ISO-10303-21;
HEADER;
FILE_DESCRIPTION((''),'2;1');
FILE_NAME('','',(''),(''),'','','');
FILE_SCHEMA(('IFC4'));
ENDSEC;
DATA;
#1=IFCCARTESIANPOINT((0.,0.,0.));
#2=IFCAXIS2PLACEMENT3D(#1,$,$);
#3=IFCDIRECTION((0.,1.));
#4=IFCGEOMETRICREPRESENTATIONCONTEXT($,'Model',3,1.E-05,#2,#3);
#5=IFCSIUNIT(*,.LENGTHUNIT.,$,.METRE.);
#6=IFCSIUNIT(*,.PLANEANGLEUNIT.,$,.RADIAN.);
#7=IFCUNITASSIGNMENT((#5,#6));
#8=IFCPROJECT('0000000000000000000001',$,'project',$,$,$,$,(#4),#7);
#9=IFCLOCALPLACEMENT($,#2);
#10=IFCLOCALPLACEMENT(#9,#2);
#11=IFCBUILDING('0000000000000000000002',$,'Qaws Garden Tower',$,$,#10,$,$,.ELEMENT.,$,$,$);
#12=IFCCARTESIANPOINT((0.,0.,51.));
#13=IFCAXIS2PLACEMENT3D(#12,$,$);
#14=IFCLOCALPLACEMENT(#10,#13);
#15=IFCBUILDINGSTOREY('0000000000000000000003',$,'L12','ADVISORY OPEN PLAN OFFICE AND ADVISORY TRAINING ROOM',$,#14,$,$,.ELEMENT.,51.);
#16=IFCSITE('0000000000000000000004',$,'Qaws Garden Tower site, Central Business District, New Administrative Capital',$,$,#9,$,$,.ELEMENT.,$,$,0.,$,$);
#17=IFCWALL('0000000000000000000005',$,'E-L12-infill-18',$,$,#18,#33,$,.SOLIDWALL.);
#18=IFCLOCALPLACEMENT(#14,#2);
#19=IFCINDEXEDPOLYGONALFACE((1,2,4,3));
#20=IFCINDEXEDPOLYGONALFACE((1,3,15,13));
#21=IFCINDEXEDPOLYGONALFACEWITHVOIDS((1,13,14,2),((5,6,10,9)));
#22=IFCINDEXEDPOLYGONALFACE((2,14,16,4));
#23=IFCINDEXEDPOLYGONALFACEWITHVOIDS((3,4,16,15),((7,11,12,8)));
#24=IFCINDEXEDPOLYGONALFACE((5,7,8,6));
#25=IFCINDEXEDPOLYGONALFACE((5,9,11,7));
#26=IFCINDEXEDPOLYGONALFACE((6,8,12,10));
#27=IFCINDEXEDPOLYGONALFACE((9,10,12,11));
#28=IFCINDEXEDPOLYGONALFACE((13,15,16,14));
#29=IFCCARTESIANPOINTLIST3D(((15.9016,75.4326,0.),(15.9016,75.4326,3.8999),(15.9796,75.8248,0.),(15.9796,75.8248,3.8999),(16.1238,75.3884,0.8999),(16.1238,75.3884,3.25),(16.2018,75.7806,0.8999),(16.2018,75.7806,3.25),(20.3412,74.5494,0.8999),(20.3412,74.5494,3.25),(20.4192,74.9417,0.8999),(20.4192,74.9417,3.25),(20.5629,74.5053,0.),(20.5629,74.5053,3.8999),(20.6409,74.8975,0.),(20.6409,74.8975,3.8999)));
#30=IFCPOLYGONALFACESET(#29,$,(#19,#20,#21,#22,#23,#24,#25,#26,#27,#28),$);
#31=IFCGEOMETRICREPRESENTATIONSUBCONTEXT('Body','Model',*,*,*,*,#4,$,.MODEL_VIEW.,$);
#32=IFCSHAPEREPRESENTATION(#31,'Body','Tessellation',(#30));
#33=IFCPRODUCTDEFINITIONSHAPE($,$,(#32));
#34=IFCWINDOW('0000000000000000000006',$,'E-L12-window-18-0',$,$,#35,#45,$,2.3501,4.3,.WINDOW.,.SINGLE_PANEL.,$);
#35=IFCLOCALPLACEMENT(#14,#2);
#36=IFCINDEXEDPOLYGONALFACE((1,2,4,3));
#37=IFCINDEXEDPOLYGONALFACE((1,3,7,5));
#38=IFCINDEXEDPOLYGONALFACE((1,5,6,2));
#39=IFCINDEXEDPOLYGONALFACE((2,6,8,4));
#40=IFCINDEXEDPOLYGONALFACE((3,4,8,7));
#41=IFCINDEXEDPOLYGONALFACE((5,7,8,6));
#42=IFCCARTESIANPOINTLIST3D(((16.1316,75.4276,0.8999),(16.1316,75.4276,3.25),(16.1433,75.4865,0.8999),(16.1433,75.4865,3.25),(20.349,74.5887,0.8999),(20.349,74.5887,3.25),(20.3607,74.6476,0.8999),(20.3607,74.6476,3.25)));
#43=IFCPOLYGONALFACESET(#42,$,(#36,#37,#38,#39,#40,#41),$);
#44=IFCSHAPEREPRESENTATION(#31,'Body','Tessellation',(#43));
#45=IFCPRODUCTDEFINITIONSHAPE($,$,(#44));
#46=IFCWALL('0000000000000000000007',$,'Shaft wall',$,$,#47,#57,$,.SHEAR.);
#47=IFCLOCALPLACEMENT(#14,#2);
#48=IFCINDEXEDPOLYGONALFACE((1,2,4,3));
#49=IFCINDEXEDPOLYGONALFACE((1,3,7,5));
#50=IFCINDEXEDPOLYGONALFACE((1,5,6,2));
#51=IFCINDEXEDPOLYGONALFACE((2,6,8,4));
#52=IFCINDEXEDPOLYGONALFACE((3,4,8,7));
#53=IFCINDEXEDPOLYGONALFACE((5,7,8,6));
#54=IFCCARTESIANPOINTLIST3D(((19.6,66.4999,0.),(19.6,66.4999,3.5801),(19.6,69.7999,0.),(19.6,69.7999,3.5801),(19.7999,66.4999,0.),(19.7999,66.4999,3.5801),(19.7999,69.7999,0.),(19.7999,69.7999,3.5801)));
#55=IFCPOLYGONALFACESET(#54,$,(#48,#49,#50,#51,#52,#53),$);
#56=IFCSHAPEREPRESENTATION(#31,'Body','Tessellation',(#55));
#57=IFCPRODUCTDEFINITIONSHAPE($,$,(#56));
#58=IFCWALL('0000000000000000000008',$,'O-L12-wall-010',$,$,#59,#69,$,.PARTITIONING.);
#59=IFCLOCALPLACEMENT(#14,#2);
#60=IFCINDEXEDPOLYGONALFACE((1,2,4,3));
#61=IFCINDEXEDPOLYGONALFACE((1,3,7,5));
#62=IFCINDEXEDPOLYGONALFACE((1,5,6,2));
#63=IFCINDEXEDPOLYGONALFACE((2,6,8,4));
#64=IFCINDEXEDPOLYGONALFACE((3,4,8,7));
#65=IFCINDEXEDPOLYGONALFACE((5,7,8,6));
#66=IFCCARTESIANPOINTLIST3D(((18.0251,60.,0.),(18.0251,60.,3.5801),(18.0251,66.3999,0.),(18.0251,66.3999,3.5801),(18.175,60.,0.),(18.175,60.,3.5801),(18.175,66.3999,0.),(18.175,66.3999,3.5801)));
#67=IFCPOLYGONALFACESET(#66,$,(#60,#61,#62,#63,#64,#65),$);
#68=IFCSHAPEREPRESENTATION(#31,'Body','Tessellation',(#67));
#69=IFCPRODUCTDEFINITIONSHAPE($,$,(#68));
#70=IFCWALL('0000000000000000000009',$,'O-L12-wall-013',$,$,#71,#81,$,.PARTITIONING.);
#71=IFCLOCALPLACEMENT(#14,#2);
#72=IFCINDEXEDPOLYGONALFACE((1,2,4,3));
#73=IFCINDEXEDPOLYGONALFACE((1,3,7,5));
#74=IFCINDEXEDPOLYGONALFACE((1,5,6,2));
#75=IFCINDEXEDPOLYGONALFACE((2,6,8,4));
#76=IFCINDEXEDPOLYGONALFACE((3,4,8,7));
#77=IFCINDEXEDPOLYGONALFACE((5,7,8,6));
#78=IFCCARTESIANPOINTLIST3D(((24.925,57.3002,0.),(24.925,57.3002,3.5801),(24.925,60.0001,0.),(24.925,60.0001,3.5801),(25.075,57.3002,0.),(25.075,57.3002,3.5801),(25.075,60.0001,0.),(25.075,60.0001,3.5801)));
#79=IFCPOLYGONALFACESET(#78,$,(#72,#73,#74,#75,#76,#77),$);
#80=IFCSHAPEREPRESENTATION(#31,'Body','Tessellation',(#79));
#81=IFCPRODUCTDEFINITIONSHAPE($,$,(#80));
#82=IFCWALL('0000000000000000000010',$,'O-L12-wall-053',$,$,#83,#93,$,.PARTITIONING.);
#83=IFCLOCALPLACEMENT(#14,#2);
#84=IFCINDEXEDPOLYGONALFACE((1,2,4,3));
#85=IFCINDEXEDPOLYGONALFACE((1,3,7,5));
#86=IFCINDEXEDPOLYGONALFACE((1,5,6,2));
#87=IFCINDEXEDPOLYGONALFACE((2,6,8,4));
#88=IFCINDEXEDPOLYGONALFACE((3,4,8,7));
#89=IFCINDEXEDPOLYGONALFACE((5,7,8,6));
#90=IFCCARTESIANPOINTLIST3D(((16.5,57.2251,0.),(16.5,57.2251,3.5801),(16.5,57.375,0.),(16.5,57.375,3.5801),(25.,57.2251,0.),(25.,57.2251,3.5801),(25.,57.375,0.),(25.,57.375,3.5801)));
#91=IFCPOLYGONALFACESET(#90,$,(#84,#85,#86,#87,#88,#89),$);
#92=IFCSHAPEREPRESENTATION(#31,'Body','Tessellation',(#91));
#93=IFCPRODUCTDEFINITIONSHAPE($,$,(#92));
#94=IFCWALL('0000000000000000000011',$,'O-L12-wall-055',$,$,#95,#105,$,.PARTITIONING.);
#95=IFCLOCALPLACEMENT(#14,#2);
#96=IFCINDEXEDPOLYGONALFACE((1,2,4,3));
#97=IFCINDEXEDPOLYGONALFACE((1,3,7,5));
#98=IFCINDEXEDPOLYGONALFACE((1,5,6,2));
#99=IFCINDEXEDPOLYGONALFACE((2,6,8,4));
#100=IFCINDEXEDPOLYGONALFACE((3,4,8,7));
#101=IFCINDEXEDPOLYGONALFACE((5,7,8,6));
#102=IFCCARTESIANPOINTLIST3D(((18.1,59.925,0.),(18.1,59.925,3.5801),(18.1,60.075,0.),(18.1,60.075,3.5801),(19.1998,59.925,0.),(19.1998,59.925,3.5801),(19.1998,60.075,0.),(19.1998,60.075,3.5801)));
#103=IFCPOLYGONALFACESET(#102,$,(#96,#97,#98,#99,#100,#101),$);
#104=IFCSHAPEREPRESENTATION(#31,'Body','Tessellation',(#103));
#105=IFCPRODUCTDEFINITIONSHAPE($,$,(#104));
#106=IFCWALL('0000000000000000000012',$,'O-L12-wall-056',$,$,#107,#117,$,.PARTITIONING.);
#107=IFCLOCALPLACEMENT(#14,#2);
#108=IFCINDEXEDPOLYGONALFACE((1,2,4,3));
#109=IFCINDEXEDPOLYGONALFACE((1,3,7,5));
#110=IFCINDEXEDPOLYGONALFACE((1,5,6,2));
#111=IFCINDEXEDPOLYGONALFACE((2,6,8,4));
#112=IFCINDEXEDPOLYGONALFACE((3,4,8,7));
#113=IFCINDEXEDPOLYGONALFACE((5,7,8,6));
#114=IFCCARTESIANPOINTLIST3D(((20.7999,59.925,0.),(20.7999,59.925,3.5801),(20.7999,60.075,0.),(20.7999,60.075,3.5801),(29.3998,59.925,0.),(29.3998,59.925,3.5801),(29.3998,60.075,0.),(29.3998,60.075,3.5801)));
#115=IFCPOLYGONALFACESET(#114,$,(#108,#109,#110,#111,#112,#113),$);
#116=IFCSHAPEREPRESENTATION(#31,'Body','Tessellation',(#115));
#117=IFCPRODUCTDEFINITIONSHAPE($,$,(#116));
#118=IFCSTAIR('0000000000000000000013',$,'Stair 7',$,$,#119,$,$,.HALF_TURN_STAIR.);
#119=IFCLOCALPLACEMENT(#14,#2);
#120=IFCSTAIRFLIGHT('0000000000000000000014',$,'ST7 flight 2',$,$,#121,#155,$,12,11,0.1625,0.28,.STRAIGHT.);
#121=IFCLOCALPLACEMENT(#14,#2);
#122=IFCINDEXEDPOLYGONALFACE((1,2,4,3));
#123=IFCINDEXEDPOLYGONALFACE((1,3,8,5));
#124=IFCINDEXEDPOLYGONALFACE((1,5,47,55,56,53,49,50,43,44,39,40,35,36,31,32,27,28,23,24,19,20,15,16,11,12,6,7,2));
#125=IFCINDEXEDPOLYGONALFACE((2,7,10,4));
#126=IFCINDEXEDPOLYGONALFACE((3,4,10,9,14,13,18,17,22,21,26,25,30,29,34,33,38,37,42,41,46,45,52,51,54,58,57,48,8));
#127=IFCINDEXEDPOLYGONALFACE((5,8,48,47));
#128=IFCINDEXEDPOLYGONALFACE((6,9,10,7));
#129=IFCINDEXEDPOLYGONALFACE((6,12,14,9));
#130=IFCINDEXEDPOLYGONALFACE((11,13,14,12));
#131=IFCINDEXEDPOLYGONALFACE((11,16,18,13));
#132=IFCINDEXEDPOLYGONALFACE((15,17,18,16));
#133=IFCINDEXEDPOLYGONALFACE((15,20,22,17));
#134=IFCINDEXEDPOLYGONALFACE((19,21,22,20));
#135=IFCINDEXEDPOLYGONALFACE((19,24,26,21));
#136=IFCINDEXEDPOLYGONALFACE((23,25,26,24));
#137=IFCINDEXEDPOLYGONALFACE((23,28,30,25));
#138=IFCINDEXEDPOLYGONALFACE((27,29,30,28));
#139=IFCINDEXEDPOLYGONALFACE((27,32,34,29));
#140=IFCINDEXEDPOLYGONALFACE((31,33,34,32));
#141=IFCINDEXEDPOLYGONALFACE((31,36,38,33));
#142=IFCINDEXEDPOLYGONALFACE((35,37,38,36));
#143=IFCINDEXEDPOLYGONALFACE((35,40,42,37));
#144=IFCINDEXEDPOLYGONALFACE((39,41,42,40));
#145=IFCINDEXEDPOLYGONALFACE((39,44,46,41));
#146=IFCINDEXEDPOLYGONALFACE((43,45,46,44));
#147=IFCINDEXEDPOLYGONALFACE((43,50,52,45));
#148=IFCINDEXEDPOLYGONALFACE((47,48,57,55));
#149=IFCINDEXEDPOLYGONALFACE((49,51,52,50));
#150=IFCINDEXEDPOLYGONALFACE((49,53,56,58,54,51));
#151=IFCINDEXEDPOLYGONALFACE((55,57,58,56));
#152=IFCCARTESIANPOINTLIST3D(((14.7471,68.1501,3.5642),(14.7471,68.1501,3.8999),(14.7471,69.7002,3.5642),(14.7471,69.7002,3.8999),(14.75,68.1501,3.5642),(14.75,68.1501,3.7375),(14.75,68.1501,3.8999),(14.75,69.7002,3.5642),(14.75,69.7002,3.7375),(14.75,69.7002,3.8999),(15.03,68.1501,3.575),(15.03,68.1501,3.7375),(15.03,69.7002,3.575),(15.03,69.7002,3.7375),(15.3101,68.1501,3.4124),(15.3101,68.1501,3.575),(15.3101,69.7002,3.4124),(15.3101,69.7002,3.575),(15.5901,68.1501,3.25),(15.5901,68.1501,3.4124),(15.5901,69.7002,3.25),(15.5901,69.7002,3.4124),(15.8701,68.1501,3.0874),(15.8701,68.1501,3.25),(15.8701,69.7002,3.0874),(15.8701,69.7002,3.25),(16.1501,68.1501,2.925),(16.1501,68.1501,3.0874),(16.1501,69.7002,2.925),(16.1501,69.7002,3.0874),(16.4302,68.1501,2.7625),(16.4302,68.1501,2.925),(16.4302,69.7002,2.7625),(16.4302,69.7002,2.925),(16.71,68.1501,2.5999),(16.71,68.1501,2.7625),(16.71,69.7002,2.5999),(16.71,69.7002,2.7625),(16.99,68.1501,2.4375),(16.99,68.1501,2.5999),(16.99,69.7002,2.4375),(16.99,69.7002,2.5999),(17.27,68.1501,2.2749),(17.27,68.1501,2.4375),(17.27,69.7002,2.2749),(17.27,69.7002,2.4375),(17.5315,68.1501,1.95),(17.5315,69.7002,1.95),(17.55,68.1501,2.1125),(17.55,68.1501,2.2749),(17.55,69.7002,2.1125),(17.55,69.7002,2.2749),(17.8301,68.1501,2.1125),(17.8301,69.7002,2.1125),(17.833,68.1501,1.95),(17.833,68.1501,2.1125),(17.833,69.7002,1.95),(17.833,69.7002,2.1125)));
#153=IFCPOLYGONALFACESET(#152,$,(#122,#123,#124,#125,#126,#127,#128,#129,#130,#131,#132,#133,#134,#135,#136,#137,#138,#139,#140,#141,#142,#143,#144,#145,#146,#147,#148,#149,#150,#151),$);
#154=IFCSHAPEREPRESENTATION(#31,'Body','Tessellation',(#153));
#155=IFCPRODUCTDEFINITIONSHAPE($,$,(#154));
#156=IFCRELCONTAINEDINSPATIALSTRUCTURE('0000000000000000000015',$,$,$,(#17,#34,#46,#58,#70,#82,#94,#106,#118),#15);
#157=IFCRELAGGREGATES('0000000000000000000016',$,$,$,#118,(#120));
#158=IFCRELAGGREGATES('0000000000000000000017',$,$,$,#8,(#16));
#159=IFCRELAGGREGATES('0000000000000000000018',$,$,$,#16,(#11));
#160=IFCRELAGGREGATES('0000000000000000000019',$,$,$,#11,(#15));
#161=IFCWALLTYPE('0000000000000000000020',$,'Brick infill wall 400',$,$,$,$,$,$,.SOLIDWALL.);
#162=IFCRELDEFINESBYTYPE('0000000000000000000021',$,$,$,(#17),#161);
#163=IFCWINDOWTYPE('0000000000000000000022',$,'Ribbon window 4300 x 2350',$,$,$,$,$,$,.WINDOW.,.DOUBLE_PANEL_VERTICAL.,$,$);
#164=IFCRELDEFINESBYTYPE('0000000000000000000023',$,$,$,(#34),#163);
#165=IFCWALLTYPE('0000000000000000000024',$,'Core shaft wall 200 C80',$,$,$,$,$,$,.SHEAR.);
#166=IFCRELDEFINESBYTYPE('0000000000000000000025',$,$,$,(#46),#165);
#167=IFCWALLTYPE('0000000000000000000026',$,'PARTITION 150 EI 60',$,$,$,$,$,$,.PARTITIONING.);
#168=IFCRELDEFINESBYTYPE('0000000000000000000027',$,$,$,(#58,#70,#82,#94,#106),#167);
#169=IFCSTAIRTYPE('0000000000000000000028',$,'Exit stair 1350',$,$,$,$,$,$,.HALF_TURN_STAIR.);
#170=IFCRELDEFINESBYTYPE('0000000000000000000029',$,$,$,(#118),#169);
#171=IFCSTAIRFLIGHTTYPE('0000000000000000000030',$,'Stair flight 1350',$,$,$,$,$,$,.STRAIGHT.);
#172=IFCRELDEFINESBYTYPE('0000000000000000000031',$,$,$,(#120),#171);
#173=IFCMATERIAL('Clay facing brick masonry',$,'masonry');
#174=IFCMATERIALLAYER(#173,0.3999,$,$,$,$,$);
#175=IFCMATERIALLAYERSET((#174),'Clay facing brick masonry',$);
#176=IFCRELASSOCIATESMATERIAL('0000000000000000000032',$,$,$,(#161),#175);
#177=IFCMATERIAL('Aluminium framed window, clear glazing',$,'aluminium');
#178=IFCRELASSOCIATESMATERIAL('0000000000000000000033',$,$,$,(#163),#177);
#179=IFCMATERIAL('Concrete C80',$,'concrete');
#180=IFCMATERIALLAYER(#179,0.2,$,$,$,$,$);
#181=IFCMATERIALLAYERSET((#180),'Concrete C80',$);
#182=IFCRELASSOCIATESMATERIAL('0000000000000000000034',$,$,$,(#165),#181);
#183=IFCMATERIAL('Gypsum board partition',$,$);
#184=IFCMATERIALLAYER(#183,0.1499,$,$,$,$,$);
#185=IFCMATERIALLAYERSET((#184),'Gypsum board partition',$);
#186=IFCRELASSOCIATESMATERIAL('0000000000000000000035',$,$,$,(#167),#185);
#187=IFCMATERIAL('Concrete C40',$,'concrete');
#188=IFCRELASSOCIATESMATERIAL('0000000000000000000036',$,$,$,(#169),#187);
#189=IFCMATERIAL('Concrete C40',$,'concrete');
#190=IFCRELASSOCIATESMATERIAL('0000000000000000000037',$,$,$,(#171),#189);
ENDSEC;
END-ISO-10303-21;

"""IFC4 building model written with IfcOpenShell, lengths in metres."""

from ifc_helpers import new_model, si_unit, direction, frame, frame_2d, origin, place, context, subcontext, project, spatial, polyline, rectangle, outline, extrude, material, layer, layer_set, type_object, element, fill, aggregate, save


model = new_model("IFC4")

# Units and contexts
model_context = context("Model", 3, precision=1e-05, world=origin(), true_north=direction((0.0, 1.0)))
body_context = subcontext(model_context, "Body", "Model", "MODEL_VIEW")
ifc_project = project(units=[si_unit("LENGTHUNIT", "METRE"), si_unit("PLANEANGLEUNIT", "RADIAN")], contexts=[model_context])

# Site, building, storey
site_placement = place(None, origin())
site = spatial("IfcSite", under=ifc_project, at=site_placement, Name="Qaws Garden Tower site, Central Business District, New Administrative Capital", CompositionType="ELEMENT", RefElevation=0.0)
building_placement = place(site_placement, origin())
building = spatial("IfcBuilding", under=site, at=building_placement, Name="Qaws Garden Tower", CompositionType="ELEMENT")
storey_placement = place(building_placement, frame((0.0, 0.0, 51.0)))
storey = spatial("IfcBuildingStorey", under=building, at=storey_placement, Name="L12", Description="ADVISORY OPEN PLAN OFFICE AND ADVISORY TRAINING ROOM", CompositionType="ELEMENT", Elevation=51.0)

# Wall, opening, window
ifc_material_1 = material(Name="Clay facing brick masonry", Category="masonry")
ifc_layer_1 = layer(ifc_material_1, 0.3999)
ifc_layer_set_1 = layer_set([ifc_layer_1], Name="Clay facing brick masonry")
wall_type_1 = type_object("IfcWallType", Name="Brick infill wall 400", PredefinedType="SOLIDWALL", material=ifc_layer_set_1)
ifc_material_2 = material(Name="Aluminium framed window, clear glazing", Category="aluminium")
window_type = type_object("IfcWindowType", Name="Ribbon window 4300 x 2350", PartitioningType="DOUBLE_PANEL_VERTICAL", PredefinedType="WINDOW", material=ifc_material_2)
wall_1_placement = place(storey_placement, frame((20.6021, 74.7014, 0.0), z_axis=(0.0, 0.0, 1.0), x_axis=(-0.980784, 0.195099, 0.0)))
wall_1 = element("IfcWall", 1, at=wall_1_placement, inside=storey, type_object=wall_type_1, Name="E-L12-infill-18", PredefinedType="SOLIDWALL", context=body_context, shape_type="SweptSolid", body=[
    extrude(rectangle(XDim=4.7527, YDim=0.3999, at=frame_2d((2.3765, 0.0))), origin(), (0.0, 0.0, 1.0), 3.8999),
])
opening_1_placement = place(wall_1_placement, frame((0.2263, 0.0, 0.8999)))
opening_1 = element("IfcOpeningElement", 2, at=opening_1_placement, cuts=wall_1, PredefinedType="OPENING", context=body_context, shape_type="SweptSolid", body=[
    extrude(rectangle(XDim=4.3, YDim=2.3501, at=frame_2d((2.1499, 1.175))), frame((0.0, 0.21, 0.0), z_axis=(0.0, -1.0, 0.0), x_axis=(1.0, 0.0, 0.0)), (0.0, 0.0, 1.0), 0.4199),
])
window_1_placement = place(opening_1_placement, origin())
window_1 = element("IfcWindow", 3, at=window_1_placement, inside=storey, type_object=window_type, Name="E-L12-window-18-0", OverallHeight=2.3501, OverallWidth=4.3, PartitioningType="SINGLE_PANEL", PredefinedType="WINDOW", context=body_context, shape_type="SweptSolid", body=[
    extrude(rectangle(XDim=4.3, YDim=2.3501, at=frame_2d((2.1499, 1.175))), frame((0.0, 0.1599, 0.0), z_axis=(0.0, -1.0, 0.0), x_axis=(1.0, 0.0, 0.0)), (0.0, 0.0, 1.0), 0.0601),
])
fill(opening_1, window_1)

# Walls
ifc_material_3 = material(Name="Concrete C80", Category="concrete")
ifc_layer_2 = layer(ifc_material_3, 0.2)
ifc_layer_set_2 = layer_set([ifc_layer_2], Name="Concrete C80")
wall_type_2 = type_object("IfcWallType", Name="Core shaft wall 200 C80", PredefinedType="SHEAR", material=ifc_layer_set_2)
wall_2_placement = place(storey_placement, frame((19.7, 66.5, 0.0), z_axis=(0.0, 0.0, 1.0), x_axis=(0.0, 1.0, 0.0)))
element("IfcWall", 4, at=wall_2_placement, inside=storey, type_object=wall_type_2, Name="Shaft wall", PredefinedType="SHEAR", context=body_context, shape_type="SweptSolid", body=[
    extrude(rectangle(XDim=3.3, YDim=0.2, at=frame_2d((1.6499, 0.0))), origin(), (0.0, 0.0, 1.0), 3.5801),
])
ifc_material_4 = material(Name="Gypsum board partition")
ifc_layer_3 = layer(ifc_material_4, 0.1499)
ifc_layer_set_3 = layer_set([ifc_layer_3], Name="Gypsum board partition")
wall_type_3 = type_object("IfcWallType", Name="PARTITION 150 EI 60", PredefinedType="PARTITIONING", material=ifc_layer_set_3)
wall_3_placement = place(storey_placement, frame((18.1001, 60.0, 0.0), z_axis=(0.0, 0.0, 1.0), x_axis=(0.0, 1.0, 0.0)))
element("IfcWall", 5, at=wall_3_placement, inside=storey, type_object=wall_type_3, Name="O-L12-wall-010", PredefinedType="PARTITIONING", context=body_context, shape_type="SweptSolid", body=[
    extrude(rectangle(XDim=6.3999, YDim=0.1499, at=frame_2d((3.2, 0.0))), origin(), (0.0, 0.0, 1.0), 3.5801),
])
wall_4_placement = place(storey_placement, frame((25.0, 57.3, 0.0), z_axis=(0.0, 0.0, 1.0), x_axis=(0.0, 1.0, 0.0)))
element("IfcWall", 6, at=wall_4_placement, inside=storey, type_object=wall_type_3, Name="O-L12-wall-013", PredefinedType="PARTITIONING", context=body_context, shape_type="SweptSolid", body=[
    extrude(rectangle(XDim=2.7, YDim=0.1499, at=frame_2d((1.3501, 0.0))), origin(), (0.0, 0.0, 1.0), 3.5801),
])
wall_5_placement = place(storey_placement, frame((16.5, 57.3, 0.0), z_axis=(0.0, 0.0, 1.0), x_axis=(1.0, 0.0, 0.0)))
element("IfcWall", 7, at=wall_5_placement, inside=storey, type_object=wall_type_3, Name="O-L12-wall-053", PredefinedType="PARTITIONING", context=body_context, shape_type="SweptSolid", body=[
    extrude(rectangle(XDim=8.5, YDim=0.1499, at=frame_2d((4.25, 0.0))), origin(), (0.0, 0.0, 1.0), 3.5801),
])
wall_6_placement = place(storey_placement, frame((18.1001, 60.0, 0.0), z_axis=(0.0, 0.0, 1.0), x_axis=(1.0, 0.0, 0.0)))
element("IfcWall", 8, at=wall_6_placement, inside=storey, type_object=wall_type_3, Name="O-L12-wall-055", PredefinedType="PARTITIONING", context=body_context, shape_type="SweptSolid", body=[
    extrude(rectangle(XDim=1.0999, YDim=0.1499, at=frame_2d((0.5498, 0.0))), origin(), (0.0, 0.0, 1.0), 3.5801),
])
wall_7_placement = place(storey_placement, frame((20.8, 60.0, 0.0), z_axis=(0.0, 0.0, 1.0), x_axis=(1.0, 0.0, 0.0)))
element("IfcWall", 9, at=wall_7_placement, inside=storey, type_object=wall_type_3, Name="O-L12-wall-056", PredefinedType="PARTITIONING", context=body_context, shape_type="SweptSolid", body=[
    extrude(rectangle(XDim=8.5999, YDim=0.1499, at=frame_2d((4.2998, 0.0))), origin(), (0.0, 0.0, 1.0), 3.5801),
])

# Stair, stair flight
ifc_material_5 = material(Name="Concrete C40", Category="concrete")
stair_type = type_object("IfcStairType", Name="Exit stair 1350", PredefinedType="HALF_TURN_STAIR", material=ifc_material_5)
stair_placement = place(storey_placement, origin())
stair = element("IfcStair", 10, at=stair_placement, inside=storey, type_object=stair_type, Name="Stair 7", PredefinedType="HALF_TURN_STAIR")
ifc_material_6 = material(Name="Concrete C40", Category="concrete")
stair_flight_type = type_object("IfcStairFlightType", Name="Stair flight 1350", PredefinedType="STRAIGHT", material=ifc_material_6)
stair_flight_placement = place(storey_placement, frame((17.8301, 68.925, 1.95), z_axis=(0.0, 0.0, 1.0), x_axis=(-1.0, 0.0, 0.0)))
stair_flight = element("IfcStairFlight", 11, at=stair_flight_placement, type_object=stair_flight_type, Name="ST7 flight 2", NumberOfRisers=12, NumberOfTreads=11, PredefinedType="STRAIGHT", RiserHeight=0.1625, TreadLength=0.28, context=body_context, shape_type="SweptSolid", body=[
    extrude(outline(polyline([(-0.0029, 0.0), (-0.0029, 0.1626), (0.0, 0.1626), (0.28, 0.1626), (0.28, 0.325), (0.5601, 0.325), (0.5601, 0.4875), (0.8401, 0.4875), (0.8401, 0.6499), (1.1201, 0.6499), (1.1201, 0.8125), (1.3999, 0.8125), (1.3999, 0.9751), (1.6799, 0.9751), (1.6799, 1.1375), (1.96, 1.1375), (1.96, 1.3), (2.24, 1.3), (2.24, 1.4624), (2.52, 1.4624), (2.52, 1.625), (2.8, 1.625), (2.8, 1.7876), (3.0801, 1.7876), (3.0801, 1.95), (3.083, 1.95), (3.083, 1.6143), (3.0801, 1.6143), (0.2986, 0.0), (-0.0029, 0.0)])), frame((0.0, 0.7749, 0.0), z_axis=(0.0, -1.0, 0.0), x_axis=(1.0, 0.0, 0.0)), (0.0, 0.0, 1.0), 1.55),
])
aggregate(stair, [stair_flight])

save(model, "model.ifc")
